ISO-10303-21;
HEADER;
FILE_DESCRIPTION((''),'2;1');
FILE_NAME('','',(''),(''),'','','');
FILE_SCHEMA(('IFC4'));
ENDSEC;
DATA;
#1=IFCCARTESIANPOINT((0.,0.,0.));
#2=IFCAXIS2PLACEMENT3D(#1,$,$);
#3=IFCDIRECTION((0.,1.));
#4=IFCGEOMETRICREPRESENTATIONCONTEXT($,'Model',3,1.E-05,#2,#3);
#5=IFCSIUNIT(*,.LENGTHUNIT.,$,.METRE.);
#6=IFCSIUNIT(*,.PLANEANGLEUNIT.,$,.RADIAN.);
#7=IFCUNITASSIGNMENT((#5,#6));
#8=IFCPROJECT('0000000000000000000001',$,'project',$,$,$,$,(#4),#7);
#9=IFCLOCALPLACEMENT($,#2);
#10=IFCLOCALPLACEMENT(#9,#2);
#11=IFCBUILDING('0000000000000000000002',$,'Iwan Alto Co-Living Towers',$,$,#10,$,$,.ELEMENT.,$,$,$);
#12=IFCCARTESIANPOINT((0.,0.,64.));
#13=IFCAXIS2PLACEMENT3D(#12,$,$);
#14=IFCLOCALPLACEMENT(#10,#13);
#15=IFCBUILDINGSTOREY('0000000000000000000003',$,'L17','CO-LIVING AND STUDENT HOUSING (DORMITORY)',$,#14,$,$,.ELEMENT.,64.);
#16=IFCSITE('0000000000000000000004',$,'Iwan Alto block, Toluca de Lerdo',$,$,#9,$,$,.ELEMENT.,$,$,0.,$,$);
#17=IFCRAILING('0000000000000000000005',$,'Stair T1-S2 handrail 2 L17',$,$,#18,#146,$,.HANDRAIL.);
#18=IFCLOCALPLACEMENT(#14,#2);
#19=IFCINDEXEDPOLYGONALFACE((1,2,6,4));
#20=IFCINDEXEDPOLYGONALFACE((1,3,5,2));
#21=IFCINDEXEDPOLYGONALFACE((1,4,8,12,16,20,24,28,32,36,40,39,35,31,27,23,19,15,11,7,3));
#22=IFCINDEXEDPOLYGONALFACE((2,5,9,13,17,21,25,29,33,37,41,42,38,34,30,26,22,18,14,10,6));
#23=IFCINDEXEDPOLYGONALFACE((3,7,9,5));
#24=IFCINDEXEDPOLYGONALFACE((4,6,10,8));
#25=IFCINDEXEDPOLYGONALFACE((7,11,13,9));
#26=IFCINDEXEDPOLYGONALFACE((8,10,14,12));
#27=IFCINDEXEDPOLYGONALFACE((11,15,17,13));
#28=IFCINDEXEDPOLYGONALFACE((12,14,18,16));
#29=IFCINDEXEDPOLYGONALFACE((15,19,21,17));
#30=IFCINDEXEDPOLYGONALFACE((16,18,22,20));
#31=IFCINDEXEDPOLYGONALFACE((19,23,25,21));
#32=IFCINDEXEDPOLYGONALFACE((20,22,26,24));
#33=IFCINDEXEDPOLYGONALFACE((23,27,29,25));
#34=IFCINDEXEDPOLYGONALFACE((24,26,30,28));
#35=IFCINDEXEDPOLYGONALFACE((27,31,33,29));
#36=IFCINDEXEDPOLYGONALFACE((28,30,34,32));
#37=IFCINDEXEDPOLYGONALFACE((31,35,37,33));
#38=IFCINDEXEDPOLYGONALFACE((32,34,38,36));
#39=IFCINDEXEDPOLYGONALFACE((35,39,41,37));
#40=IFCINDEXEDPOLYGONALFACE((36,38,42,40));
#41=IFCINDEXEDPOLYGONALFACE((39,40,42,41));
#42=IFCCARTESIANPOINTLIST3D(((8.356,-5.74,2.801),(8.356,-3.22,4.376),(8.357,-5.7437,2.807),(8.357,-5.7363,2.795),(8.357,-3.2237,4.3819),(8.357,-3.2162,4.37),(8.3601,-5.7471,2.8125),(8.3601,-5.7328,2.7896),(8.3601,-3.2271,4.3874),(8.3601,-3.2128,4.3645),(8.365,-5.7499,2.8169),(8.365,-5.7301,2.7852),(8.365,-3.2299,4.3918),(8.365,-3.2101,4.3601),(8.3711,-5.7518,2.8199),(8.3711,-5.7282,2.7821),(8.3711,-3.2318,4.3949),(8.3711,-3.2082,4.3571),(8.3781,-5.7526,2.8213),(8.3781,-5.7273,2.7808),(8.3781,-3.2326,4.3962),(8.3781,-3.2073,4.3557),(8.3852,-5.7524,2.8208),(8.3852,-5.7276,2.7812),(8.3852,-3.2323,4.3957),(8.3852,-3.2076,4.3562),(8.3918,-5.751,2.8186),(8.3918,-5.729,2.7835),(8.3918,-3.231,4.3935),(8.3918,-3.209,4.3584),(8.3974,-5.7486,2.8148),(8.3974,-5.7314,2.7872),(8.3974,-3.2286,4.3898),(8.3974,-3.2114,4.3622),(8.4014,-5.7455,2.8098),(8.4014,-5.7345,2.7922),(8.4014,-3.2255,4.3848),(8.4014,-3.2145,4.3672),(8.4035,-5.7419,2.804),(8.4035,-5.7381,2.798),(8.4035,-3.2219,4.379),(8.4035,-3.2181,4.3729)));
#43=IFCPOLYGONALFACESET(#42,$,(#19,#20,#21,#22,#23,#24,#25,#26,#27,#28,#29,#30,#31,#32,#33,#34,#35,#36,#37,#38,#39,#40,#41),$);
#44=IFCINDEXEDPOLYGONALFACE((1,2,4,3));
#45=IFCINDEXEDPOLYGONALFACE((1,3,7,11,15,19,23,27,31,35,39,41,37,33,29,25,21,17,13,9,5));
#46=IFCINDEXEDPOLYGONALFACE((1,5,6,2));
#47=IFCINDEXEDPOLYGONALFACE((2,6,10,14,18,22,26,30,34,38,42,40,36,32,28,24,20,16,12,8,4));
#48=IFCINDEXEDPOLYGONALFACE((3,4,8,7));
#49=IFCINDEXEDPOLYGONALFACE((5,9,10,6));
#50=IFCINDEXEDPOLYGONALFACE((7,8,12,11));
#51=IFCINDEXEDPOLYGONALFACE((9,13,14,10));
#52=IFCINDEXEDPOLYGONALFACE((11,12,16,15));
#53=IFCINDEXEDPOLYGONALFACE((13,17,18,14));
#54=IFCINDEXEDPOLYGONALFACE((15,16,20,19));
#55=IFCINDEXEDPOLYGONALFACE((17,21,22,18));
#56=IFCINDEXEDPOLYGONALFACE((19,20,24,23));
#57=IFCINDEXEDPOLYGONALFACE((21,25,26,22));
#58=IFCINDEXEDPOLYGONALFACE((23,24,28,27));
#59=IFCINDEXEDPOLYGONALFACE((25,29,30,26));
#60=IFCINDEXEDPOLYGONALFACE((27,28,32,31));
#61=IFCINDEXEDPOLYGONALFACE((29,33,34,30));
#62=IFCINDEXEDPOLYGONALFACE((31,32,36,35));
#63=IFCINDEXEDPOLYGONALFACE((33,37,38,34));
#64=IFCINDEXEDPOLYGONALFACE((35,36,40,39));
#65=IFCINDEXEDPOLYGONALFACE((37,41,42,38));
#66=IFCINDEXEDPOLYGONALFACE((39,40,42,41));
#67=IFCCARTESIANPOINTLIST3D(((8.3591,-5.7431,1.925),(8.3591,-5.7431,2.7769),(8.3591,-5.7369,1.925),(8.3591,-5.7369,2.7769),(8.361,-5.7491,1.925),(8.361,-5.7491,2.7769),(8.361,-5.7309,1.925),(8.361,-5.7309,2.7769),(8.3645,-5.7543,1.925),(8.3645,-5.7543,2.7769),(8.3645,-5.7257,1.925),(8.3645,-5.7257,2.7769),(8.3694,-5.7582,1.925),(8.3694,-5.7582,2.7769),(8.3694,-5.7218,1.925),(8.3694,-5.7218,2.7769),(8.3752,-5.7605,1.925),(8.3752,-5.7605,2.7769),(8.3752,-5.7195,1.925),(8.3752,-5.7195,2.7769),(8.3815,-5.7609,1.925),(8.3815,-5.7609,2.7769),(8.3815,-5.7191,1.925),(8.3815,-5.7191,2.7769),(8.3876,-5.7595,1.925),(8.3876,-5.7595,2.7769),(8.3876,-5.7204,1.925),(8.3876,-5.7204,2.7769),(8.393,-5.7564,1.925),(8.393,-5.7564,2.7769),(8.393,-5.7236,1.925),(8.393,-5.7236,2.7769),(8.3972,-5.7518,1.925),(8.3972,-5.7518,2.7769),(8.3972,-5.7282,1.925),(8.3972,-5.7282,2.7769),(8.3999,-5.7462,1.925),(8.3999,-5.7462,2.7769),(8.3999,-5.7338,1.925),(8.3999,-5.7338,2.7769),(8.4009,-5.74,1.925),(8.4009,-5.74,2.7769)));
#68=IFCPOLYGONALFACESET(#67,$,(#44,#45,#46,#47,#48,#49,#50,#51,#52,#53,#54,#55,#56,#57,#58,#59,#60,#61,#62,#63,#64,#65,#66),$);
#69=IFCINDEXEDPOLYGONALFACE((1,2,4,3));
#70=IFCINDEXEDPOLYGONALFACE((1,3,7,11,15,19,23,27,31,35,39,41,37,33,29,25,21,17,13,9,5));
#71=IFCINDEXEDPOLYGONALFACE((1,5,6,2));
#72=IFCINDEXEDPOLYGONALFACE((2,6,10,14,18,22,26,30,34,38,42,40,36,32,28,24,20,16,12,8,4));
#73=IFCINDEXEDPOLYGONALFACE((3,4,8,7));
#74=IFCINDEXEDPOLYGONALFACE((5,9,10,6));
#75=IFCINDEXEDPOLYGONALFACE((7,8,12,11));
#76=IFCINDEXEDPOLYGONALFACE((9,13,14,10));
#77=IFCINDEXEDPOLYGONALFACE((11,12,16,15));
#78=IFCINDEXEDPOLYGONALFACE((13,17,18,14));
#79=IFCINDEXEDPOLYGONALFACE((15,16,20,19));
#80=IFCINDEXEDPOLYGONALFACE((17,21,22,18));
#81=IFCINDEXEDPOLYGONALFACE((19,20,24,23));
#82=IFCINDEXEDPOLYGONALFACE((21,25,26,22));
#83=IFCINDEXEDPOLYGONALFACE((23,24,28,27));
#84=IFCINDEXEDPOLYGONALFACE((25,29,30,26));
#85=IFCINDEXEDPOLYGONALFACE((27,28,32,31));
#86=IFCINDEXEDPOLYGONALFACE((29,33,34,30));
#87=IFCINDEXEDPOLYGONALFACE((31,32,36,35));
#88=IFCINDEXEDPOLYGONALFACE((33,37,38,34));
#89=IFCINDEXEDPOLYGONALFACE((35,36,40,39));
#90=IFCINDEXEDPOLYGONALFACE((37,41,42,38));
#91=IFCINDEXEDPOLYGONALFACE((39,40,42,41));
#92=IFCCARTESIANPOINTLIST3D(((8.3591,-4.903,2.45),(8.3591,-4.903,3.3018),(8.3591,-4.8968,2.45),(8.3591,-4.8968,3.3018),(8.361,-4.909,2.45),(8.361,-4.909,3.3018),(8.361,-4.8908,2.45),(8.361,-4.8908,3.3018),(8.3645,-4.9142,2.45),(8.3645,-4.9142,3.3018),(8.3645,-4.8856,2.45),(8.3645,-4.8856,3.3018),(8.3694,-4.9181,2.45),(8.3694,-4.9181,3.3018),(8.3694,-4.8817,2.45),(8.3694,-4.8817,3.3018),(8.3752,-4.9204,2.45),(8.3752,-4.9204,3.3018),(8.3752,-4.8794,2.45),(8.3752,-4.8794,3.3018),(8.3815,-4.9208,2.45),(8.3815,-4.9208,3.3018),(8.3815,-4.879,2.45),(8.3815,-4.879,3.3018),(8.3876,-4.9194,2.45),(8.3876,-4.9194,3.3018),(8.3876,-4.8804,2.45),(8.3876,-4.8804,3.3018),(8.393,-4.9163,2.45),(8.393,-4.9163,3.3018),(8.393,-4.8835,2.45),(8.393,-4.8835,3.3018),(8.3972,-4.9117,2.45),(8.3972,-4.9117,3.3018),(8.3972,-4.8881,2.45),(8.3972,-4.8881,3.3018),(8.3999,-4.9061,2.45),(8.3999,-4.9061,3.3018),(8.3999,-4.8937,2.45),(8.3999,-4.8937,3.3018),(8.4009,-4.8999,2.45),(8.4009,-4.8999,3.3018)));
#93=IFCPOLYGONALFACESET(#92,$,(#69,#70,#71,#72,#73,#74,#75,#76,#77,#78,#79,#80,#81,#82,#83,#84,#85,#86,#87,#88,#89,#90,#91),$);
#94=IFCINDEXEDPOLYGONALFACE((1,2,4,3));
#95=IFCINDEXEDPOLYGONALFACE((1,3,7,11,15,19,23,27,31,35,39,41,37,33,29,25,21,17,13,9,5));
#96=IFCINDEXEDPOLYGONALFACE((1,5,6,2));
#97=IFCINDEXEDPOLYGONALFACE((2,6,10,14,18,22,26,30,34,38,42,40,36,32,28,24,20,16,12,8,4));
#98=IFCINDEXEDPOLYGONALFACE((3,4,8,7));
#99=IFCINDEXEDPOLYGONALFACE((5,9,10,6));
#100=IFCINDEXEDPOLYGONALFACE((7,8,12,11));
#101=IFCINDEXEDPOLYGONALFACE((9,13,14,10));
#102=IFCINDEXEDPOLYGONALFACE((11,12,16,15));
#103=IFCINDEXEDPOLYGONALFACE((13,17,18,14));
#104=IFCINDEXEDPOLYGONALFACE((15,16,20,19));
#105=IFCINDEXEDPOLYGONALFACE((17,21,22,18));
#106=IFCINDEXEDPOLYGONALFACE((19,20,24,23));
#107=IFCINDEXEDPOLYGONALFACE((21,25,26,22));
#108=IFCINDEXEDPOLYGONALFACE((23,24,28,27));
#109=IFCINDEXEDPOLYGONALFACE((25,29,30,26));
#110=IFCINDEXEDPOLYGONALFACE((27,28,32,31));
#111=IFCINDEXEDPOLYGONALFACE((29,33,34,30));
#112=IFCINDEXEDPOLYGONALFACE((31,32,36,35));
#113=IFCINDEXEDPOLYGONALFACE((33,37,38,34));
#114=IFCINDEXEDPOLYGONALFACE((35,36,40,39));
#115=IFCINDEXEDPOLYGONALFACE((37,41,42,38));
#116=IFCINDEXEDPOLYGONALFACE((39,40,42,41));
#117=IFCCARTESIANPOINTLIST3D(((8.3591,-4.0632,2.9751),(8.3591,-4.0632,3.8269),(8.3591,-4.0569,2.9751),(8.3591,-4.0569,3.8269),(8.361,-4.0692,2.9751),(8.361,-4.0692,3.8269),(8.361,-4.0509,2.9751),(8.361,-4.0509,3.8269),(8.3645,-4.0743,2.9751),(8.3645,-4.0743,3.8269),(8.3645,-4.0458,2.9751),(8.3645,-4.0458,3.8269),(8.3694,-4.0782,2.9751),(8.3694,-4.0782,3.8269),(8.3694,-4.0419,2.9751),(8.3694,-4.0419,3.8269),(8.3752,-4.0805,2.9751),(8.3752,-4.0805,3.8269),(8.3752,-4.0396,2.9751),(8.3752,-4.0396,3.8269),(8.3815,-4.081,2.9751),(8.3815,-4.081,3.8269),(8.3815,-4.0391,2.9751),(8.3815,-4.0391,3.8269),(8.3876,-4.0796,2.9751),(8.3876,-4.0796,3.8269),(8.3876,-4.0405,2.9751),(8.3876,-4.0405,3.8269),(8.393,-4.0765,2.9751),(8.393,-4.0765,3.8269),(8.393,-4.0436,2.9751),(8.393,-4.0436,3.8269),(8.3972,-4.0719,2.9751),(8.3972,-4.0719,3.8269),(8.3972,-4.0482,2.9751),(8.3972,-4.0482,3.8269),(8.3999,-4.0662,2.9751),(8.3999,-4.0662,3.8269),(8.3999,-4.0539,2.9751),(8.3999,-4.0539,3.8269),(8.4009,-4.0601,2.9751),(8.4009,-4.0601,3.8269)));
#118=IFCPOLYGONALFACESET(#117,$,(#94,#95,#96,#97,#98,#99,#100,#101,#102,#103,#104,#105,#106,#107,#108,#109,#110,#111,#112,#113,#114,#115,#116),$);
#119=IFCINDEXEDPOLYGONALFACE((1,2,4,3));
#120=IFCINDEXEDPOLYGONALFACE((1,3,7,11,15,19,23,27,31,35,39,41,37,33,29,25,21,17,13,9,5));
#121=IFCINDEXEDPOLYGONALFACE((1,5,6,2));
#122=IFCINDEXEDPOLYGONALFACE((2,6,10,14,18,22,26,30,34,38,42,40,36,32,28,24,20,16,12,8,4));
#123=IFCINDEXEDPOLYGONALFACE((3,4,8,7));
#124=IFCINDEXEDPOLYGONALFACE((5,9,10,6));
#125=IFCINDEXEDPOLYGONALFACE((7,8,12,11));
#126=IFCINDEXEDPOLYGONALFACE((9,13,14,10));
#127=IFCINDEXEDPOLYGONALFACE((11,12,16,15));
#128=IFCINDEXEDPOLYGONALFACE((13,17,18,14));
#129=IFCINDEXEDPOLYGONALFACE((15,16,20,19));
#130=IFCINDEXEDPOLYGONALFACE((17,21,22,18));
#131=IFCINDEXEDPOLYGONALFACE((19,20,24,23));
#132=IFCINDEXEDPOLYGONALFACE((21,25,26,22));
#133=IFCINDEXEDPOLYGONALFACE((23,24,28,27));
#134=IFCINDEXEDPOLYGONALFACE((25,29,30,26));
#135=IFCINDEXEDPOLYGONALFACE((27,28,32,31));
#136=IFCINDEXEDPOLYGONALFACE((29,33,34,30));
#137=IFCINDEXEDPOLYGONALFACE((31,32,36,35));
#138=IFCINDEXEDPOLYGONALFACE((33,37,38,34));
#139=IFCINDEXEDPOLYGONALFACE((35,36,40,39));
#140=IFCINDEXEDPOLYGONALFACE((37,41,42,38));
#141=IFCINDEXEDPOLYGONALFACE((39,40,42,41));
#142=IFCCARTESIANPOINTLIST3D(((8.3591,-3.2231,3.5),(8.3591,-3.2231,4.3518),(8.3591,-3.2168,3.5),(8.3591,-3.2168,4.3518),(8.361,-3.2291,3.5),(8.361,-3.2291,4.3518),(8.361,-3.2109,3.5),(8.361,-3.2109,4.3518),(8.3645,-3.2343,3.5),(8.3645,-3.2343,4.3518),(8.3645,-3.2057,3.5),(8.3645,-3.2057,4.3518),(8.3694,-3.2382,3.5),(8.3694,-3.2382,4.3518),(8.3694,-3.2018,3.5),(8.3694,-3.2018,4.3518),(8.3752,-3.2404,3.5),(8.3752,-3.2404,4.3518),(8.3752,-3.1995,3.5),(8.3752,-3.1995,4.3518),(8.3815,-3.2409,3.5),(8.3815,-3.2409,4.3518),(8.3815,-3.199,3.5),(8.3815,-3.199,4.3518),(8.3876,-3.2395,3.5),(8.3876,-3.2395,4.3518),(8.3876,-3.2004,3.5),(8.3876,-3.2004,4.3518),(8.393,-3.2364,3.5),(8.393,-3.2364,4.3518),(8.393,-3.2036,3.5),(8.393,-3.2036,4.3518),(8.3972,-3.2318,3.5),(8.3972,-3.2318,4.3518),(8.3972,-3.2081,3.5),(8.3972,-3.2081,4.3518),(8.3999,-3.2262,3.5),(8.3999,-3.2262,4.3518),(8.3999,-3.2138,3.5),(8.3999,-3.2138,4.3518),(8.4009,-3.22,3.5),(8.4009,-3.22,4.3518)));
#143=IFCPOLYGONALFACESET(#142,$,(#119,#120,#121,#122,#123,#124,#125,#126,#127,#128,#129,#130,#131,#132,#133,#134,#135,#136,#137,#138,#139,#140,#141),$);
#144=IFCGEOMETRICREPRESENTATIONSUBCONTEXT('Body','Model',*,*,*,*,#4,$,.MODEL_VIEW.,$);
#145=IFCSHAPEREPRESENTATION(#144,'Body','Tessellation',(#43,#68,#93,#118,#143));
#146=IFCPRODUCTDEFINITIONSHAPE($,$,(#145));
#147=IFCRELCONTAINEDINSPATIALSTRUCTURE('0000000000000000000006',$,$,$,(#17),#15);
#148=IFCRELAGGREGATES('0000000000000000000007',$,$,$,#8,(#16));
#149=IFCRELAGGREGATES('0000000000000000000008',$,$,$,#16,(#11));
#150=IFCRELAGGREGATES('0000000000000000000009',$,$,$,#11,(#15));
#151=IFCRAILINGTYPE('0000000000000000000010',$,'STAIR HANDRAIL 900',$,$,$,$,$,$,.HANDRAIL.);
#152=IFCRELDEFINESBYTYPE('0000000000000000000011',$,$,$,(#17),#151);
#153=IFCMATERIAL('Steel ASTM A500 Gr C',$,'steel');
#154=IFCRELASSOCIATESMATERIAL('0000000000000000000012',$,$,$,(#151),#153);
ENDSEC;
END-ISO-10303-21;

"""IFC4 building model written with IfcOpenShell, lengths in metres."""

from ifc_helpers import new_model, si_unit, direction, frame, origin, origin_2d, place, context, subcontext, project, spatial, circle, extrude, material, type_object, element, save


model = new_model("IFC4")

# Units and contexts
model_context = context("Model", 3, precision=1e-05, world=origin(), true_north=direction((0.0, 1.0)))
body_context = subcontext(model_context, "Body", "Model", "MODEL_VIEW")
ifc_project = project(units=[si_unit("LENGTHUNIT", "METRE"), si_unit("PLANEANGLEUNIT", "RADIAN")], contexts=[model_context])

# Site, building, storey
site_placement = place(None, origin())
site = spatial("IfcSite", under=ifc_project, at=site_placement, Name="Iwan Alto block, Toluca de Lerdo", CompositionType="ELEMENT", RefElevation=0.0)
building_placement = place(site_placement, origin())
building = spatial("IfcBuilding", under=site, at=building_placement, Name="Iwan Alto Co-Living Towers", CompositionType="ELEMENT")
storey_placement = place(building_placement, frame((0.0, 0.0, 64.0)))
storey = spatial("IfcBuildingStorey", under=building, at=storey_placement, Name="L17", Description="CO-LIVING AND STUDENT HOUSING (DORMITORY)", CompositionType="ELEMENT", Elevation=64.0)

# Railing
ifc_material_1 = material(Name="Steel ASTM A500 Gr C", Category="steel")
railing_type = type_object("IfcRailingType", Name="STAIR HANDRAIL 900", PredefinedType="HANDRAIL", material=ifc_material_1)
railing_placement = place(storey_placement, frame((8.3799, -5.74, 1.925)))
element("IfcRailing", 1, at=railing_placement, inside=storey, type_object=railing_type, Name="Stair T1-S2 handrail 2 L17", PredefinedType="HANDRAIL", context=body_context, shape_type="SweptSolid", body=[
    extrude(circle(Radius=0.0239, at=origin_2d()), frame((0.0, 0.0, 0.876), z_axis=(0.0, 0.848008, 0.529984), x_axis=(-1.0, 0.0, 0.0)), (0.0, 0.0, 1.0), 2.9717),
    extrude(circle(Radius=0.021, at=origin_2d()), origin(), (0.0, 0.0, 1.0), 0.8518),
    extrude(circle(Radius=0.021, at=origin_2d()), frame((0.0, 0.8401, 0.5249)), (0.0, 0.0, 1.0), 0.8518),
    extrude(circle(Radius=0.021, at=origin_2d()), frame((0.0, 1.6799, 1.05)), (0.0, 0.0, 1.0), 0.8518),
    extrude(circle(Radius=0.021, at=origin_2d()), frame((0.0, 2.52, 1.575)), (0.0, 0.0, 1.0), 0.8518),
])

save(model, "model.ifc")
